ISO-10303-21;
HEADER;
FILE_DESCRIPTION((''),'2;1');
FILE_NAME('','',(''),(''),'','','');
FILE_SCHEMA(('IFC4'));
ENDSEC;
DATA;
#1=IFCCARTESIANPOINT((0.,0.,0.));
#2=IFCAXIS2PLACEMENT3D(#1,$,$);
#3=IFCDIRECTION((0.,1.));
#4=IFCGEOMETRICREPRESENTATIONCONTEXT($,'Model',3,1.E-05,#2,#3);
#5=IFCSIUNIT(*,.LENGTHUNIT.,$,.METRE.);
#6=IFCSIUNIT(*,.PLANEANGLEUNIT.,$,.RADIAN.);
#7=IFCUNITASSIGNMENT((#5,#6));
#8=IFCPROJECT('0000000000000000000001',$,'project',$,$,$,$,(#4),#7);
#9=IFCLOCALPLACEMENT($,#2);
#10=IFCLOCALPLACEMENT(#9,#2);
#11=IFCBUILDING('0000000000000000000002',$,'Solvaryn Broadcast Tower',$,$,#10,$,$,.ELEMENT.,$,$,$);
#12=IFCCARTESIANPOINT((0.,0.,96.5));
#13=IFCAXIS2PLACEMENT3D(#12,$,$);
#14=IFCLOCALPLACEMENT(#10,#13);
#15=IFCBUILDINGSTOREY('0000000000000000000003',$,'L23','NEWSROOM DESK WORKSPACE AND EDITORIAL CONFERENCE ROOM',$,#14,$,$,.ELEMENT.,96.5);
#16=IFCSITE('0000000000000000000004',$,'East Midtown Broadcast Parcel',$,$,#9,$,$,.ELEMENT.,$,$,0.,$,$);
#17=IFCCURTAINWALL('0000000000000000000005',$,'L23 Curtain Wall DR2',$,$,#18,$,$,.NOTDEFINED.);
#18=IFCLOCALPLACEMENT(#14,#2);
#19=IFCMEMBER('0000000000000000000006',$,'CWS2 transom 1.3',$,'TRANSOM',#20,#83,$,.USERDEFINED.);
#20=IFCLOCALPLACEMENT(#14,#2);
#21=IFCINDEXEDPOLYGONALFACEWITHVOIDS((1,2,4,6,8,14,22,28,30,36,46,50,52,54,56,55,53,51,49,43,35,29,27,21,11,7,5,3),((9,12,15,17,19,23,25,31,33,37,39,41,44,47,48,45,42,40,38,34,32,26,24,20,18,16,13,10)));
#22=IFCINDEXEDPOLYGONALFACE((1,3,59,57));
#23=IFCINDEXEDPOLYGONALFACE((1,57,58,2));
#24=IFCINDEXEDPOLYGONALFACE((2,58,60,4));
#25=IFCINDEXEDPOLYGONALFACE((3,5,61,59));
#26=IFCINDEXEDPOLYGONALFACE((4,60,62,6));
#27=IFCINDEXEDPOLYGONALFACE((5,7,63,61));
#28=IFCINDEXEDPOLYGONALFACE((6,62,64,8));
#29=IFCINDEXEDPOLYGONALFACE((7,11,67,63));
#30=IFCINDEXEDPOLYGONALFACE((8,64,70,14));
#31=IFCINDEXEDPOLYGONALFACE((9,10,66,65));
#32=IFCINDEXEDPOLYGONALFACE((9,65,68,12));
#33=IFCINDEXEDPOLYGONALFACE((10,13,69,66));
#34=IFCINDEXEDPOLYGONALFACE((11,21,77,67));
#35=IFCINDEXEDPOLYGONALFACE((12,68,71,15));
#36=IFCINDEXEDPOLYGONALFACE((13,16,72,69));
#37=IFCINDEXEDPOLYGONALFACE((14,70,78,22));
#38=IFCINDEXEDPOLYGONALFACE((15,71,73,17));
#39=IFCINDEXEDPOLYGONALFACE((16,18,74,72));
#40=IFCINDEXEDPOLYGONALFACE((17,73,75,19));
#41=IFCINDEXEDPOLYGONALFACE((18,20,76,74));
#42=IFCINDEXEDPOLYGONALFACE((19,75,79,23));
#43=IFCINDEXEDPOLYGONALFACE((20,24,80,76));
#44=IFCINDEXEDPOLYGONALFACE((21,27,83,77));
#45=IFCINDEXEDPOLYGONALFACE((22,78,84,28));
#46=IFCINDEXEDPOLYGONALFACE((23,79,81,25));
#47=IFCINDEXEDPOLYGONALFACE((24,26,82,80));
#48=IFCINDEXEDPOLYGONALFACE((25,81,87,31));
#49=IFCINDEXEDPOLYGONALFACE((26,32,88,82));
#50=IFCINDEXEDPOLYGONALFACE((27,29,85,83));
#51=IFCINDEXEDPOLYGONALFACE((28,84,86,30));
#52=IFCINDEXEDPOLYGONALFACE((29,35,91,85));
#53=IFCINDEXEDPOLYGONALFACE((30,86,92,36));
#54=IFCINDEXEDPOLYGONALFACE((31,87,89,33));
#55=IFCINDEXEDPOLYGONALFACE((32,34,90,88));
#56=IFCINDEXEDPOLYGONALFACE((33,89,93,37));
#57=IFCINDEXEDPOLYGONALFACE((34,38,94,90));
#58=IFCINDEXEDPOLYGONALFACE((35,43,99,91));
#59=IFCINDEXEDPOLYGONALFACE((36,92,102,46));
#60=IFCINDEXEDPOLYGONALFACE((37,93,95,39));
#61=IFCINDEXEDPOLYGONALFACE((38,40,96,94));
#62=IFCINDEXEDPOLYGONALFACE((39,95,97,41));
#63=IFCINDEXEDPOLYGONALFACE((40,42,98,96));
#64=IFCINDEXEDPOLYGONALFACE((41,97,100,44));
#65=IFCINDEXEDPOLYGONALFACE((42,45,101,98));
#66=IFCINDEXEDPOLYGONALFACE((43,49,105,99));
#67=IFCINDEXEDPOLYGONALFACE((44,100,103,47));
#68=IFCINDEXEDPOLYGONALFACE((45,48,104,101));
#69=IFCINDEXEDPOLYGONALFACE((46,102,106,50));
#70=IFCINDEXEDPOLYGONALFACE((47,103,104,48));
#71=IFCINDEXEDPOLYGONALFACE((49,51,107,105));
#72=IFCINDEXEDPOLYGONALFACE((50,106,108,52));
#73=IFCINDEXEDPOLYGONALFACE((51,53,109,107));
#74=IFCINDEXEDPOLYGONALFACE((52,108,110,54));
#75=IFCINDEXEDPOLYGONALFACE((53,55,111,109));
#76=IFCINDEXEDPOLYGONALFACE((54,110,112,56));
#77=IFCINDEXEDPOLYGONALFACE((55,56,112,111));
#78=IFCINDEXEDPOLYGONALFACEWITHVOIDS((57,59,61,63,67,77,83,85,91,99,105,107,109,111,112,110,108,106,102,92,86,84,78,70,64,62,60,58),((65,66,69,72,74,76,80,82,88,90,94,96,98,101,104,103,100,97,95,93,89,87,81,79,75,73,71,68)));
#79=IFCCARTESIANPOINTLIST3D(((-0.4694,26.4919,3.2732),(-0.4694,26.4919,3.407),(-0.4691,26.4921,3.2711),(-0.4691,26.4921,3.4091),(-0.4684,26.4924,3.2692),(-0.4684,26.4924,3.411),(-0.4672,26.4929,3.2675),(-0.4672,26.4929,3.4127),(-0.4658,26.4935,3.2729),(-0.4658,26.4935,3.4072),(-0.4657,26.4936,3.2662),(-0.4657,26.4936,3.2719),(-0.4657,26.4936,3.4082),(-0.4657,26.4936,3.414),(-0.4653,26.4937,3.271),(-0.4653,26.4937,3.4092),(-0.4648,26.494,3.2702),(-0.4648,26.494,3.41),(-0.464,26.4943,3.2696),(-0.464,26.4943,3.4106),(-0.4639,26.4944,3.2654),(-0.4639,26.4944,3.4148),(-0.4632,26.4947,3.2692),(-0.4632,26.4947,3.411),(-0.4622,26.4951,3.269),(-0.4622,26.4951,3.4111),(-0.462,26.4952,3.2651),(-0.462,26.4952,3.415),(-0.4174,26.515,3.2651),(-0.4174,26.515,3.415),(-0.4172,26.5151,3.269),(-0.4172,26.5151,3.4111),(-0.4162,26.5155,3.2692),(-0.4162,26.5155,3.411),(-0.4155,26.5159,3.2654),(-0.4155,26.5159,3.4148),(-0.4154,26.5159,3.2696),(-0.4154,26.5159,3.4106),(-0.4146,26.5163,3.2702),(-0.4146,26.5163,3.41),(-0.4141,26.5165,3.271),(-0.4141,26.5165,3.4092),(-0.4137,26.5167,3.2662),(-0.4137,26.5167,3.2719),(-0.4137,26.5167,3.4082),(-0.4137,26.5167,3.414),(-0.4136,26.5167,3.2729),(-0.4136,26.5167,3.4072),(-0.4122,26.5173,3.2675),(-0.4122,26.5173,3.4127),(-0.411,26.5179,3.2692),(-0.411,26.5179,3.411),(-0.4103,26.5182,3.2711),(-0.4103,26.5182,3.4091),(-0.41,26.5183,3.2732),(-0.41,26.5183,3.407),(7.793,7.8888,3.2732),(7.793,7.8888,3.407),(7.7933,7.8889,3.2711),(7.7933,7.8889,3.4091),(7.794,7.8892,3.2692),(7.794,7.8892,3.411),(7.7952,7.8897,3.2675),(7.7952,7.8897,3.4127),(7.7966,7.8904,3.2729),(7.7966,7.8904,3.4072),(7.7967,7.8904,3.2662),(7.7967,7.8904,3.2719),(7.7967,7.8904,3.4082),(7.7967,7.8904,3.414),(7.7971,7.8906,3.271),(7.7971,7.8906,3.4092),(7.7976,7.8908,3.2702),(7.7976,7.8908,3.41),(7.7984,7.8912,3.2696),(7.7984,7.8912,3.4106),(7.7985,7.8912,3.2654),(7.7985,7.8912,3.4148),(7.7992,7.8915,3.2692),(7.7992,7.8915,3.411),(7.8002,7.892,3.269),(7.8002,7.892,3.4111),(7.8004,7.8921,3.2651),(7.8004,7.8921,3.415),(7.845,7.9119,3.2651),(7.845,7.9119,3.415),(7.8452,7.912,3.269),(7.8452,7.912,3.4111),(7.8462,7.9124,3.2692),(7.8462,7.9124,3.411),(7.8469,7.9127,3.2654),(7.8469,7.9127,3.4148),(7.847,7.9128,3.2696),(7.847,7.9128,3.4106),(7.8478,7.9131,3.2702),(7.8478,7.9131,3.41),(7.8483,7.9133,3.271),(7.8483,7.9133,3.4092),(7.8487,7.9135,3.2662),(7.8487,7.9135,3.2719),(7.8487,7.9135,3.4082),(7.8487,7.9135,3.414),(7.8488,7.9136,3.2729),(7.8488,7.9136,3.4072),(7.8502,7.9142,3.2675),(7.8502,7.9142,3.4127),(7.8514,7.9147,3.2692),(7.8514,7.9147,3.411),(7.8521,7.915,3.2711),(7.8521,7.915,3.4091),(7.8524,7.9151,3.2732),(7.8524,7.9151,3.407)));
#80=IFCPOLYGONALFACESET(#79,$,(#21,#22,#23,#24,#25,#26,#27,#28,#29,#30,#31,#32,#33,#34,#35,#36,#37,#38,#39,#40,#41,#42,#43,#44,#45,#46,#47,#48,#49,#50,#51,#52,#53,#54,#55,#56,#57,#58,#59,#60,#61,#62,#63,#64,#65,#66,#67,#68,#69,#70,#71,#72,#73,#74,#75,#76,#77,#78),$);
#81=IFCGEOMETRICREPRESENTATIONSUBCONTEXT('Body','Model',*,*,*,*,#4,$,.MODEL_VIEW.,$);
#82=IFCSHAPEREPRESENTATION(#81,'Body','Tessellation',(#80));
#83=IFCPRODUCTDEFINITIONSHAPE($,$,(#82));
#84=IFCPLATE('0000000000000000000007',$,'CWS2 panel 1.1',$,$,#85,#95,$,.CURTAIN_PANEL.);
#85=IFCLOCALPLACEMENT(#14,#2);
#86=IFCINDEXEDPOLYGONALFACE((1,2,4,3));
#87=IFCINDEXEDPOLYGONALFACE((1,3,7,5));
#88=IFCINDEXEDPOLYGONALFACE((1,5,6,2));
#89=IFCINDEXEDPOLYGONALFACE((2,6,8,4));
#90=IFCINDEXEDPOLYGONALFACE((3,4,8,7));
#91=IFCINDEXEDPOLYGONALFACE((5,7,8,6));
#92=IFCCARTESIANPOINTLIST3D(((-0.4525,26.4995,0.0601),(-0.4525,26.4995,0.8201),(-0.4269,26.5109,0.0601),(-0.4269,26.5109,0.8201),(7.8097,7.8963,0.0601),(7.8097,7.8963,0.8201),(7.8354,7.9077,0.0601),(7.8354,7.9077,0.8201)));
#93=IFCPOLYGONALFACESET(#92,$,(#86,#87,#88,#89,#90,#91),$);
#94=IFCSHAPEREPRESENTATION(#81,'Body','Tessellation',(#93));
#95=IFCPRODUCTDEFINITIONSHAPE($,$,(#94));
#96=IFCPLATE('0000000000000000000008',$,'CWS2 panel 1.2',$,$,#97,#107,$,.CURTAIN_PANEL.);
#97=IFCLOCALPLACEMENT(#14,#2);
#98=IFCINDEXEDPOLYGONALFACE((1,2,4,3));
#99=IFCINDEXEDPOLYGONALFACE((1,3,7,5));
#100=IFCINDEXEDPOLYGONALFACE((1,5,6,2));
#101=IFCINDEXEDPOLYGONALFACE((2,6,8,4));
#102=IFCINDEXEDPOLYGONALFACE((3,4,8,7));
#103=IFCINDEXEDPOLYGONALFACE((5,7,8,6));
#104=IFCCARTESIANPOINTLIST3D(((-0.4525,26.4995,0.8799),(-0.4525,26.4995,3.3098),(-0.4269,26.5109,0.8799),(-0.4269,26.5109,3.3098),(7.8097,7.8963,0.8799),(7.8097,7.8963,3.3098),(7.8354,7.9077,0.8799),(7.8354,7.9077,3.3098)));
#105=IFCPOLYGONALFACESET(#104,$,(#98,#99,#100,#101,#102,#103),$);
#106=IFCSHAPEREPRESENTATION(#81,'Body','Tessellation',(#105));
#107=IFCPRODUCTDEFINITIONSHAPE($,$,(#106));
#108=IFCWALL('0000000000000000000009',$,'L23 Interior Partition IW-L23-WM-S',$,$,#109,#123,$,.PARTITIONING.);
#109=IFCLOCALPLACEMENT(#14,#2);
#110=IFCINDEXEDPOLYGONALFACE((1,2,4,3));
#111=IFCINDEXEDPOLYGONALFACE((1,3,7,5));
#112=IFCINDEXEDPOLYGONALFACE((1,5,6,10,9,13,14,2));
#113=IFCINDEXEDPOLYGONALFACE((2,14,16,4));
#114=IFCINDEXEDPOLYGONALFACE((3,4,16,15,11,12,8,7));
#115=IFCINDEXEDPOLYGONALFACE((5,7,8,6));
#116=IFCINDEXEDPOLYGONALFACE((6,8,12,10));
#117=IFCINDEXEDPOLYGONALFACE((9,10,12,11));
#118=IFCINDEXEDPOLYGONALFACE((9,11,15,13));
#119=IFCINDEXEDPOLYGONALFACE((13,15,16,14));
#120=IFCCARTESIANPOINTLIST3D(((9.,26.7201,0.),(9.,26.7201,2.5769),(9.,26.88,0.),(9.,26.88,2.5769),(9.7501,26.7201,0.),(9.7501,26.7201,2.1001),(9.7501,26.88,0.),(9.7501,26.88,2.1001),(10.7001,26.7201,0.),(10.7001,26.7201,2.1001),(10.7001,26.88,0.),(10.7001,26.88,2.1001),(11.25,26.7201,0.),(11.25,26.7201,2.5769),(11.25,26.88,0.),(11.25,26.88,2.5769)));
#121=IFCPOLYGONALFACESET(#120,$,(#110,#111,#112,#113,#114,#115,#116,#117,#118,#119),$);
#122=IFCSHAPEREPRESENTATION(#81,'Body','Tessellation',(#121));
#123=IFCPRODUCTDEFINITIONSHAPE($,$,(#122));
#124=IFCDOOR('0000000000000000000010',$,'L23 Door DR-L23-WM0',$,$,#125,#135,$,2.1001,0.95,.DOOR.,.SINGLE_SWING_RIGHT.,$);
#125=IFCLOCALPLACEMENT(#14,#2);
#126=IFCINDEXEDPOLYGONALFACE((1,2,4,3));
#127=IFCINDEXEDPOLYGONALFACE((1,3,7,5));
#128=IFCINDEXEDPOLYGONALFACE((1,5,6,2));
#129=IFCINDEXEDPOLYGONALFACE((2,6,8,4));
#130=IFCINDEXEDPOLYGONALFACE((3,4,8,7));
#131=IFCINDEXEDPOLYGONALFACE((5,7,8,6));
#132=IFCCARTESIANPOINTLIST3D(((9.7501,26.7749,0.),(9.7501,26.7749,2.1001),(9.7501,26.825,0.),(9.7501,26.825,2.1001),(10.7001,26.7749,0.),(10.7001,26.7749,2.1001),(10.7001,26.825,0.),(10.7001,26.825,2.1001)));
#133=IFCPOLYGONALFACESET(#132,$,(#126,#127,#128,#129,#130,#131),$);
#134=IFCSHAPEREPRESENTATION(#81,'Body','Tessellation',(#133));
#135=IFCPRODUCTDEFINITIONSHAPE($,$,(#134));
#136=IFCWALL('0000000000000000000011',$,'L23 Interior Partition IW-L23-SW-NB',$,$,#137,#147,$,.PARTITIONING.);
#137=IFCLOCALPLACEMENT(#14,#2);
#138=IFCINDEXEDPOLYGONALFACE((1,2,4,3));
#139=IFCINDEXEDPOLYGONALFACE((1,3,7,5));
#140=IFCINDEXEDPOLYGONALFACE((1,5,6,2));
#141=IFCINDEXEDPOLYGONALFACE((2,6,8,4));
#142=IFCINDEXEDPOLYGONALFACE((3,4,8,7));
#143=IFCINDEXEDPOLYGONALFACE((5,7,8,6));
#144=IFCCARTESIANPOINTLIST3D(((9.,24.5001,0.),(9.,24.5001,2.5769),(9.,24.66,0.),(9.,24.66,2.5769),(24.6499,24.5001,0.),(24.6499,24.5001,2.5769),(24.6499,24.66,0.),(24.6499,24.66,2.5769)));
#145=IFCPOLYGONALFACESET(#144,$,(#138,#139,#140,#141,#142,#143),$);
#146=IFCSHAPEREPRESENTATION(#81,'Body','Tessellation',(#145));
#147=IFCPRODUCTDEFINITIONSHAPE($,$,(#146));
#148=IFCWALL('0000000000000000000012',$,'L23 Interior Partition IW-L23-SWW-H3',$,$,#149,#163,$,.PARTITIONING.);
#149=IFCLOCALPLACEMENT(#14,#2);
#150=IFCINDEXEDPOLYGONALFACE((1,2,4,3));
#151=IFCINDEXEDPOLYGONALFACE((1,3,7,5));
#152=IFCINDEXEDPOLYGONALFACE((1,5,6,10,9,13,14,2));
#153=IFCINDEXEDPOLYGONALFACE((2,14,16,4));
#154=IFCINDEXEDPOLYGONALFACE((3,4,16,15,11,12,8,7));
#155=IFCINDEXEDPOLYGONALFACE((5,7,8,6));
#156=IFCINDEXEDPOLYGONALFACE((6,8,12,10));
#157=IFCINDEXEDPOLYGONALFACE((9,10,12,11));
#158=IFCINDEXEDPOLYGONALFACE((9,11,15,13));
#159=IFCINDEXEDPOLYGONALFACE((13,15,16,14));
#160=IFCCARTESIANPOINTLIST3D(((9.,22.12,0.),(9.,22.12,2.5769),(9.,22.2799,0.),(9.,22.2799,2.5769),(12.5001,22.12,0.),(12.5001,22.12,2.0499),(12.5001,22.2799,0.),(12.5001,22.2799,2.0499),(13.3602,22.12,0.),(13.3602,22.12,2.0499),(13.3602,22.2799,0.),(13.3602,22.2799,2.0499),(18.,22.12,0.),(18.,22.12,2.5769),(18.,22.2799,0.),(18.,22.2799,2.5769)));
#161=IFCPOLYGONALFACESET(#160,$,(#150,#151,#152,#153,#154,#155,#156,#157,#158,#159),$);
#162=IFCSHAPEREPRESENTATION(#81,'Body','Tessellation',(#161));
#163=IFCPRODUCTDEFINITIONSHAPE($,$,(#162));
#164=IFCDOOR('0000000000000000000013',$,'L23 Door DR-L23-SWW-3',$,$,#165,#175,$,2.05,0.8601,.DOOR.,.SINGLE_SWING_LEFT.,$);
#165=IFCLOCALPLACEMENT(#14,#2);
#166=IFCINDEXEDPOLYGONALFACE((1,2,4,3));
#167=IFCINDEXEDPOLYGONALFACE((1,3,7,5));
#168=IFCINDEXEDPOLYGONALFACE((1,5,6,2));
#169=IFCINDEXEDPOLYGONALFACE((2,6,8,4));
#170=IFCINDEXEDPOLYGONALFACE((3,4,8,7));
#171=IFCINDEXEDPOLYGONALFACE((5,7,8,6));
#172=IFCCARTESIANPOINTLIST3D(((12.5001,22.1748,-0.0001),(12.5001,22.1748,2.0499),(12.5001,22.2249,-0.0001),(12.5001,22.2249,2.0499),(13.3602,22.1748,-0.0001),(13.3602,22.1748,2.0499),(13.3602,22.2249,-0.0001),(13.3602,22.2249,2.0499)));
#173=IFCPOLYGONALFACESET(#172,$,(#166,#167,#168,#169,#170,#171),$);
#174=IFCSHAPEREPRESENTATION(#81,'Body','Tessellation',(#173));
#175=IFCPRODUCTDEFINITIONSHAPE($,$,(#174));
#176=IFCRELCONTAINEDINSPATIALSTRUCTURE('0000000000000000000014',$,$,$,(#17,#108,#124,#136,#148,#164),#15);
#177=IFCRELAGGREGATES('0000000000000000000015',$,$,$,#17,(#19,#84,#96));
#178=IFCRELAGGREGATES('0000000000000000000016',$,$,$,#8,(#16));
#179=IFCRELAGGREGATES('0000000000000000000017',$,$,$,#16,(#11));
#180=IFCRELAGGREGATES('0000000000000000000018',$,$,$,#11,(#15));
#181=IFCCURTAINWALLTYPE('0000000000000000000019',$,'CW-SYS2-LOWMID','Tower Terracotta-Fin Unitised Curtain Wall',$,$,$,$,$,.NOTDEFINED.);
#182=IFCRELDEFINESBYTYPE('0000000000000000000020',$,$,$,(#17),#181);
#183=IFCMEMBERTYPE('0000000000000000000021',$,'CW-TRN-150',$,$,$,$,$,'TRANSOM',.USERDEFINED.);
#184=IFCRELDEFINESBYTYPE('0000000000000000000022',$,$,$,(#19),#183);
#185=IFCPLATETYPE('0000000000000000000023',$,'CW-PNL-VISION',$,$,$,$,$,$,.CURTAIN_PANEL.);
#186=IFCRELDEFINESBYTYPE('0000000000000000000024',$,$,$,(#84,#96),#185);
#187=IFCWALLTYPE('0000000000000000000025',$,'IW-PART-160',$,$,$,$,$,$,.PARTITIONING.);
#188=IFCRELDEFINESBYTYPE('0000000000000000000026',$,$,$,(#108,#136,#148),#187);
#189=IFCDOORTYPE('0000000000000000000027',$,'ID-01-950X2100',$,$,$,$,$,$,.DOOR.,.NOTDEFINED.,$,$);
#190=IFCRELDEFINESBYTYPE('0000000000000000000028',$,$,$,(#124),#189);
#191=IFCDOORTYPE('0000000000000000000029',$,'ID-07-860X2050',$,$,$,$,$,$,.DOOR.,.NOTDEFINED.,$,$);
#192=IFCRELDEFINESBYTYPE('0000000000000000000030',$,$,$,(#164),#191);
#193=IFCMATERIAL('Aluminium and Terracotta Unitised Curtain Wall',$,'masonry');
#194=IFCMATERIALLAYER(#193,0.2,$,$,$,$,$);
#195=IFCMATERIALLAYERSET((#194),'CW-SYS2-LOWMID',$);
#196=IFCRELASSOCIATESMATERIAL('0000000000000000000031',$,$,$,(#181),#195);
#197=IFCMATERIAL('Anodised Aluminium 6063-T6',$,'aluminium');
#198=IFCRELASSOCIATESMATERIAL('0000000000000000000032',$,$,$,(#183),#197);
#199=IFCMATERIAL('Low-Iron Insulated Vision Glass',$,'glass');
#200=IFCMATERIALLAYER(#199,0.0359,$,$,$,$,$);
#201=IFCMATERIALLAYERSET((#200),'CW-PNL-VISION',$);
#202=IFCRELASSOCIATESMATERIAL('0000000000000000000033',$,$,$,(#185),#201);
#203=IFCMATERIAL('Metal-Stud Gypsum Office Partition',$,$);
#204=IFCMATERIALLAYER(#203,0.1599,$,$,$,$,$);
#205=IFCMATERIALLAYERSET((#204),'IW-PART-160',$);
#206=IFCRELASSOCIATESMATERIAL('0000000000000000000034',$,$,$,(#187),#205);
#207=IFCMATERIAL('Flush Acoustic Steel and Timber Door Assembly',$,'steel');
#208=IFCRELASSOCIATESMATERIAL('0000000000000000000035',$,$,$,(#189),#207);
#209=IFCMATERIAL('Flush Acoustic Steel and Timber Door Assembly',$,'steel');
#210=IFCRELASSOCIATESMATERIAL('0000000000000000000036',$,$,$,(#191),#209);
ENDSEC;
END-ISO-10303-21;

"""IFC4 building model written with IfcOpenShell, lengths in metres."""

from ifc_helpers import new_model, si_unit, direction, frame, frame_2d, origin, origin_2d, place, context, subcontext, project, spatial, rectangle, hollow_rectangle, extrude, material, layer, layer_set, material_profile, profile_set, type_object, element, fill, aggregate, save


model = new_model("IFC4")

# Units and contexts
model_context = context("Model", 3, precision=1e-05, world=origin(), true_north=direction((0.0, 1.0)))
body_context = subcontext(model_context, "Body", "Model", "MODEL_VIEW")
ifc_project = project(units=[si_unit("LENGTHUNIT", "METRE"), si_unit("PLANEANGLEUNIT", "RADIAN")], contexts=[model_context])

# Site, building, storey
site_placement = place(None, origin())
site = spatial("IfcSite", under=ifc_project, at=site_placement, Name="East Midtown Broadcast Parcel", CompositionType="ELEMENT", RefElevation=0.0)
building_placement = place(site_placement, origin())
building = spatial("IfcBuilding", under=site, at=building_placement, Name="Solvaryn Broadcast Tower", CompositionType="ELEMENT")
storey_placement = place(building_placement, frame((0.0, 0.0, 96.5)))
storey = spatial("IfcBuildingStorey", under=building, at=storey_placement, Name="L23", Description="NEWSROOM DESK WORKSPACE AND EDITORIAL CONFERENCE ROOM", CompositionType="ELEMENT", Elevation=96.5)

# Shared definitions
ifc_material_1 = material(Name="Aluminium and Terracotta Unitised Curtain Wall", Category="masonry")
ifc_layer_1 = layer(ifc_material_1, 0.2)
ifc_layer_set_1 = layer_set([ifc_layer_1], Name="CW-SYS2-LOWMID")
curtain_wall_type = type_object("IfcCurtainWallType", Name="CW-SYS2-LOWMID", Description="Tower Terracotta-Fin Unitised Curtain Wall", PredefinedType="NOTDEFINED", material=ifc_layer_set_1)

# Curtain wall, member, plates
curtain_wall_1_placement = place(storey_placement, origin())
curtain_wall_1 = element("IfcCurtainWall", 1, at=curtain_wall_1_placement, inside=storey, type_object=curtain_wall_type, Name="L23 Curtain Wall DR2", PredefinedType="NOTDEFINED")
ifc_material_2 = material(Name="Anodised Aluminium 6063-T6", Category="aluminium")
ifc_material_profile_1 = material_profile(ifc_material_2, hollow_rectangle(XDim=0.0649, YDim=0.1499, WallThickness=0.0039, InnerFilletRadius=0.0039, OuterFilletRadius=0.0081, at=origin_2d()))
ifc_profile_set_1 = profile_set([ifc_material_profile_1], Name="Anodised Aluminium 6063-T6")
member_type_1 = type_object("IfcMemberType", Name="CW-TRN-150", ElementType="TRANSOM", PredefinedType="USERDEFINED", material=ifc_profile_set_1)
member_1_placement = place(storey_placement, frame((-0.4397, 26.5051, 3.3401), z_axis=(0.405906, -0.913915, 0.0), x_axis=(0.913915, 0.405906, 0.0)))
member_1 = element("IfcMember", 2, at=member_1_placement, type_object=member_type_1, Name="CWS2 transom 1.3", ObjectType="TRANSOM", PredefinedType="USERDEFINED", context=body_context, shape_type="SweptSolid", body=[
    extrude(hollow_rectangle(XDim=0.0649, YDim=0.1499, WallThickness=0.0039, InnerFilletRadius=0.0039, OuterFilletRadius=0.0081, at=origin_2d()), origin(), (0.0, 0.0, 1.0), 20.3555),
])
ifc_material_3 = material(Name="Low-Iron Insulated Vision Glass", Category="glass")
ifc_layer_2 = layer(ifc_material_3, 0.0359)
ifc_layer_set_2 = layer_set([ifc_layer_2], Name="CW-PNL-VISION")
plate_type = type_object("IfcPlateType", Name="CW-PNL-VISION", PredefinedType="CURTAIN_PANEL", material=ifc_layer_set_2)
plate_1_placement = place(storey_placement, frame((3.6914, 17.2036, 0.0601), z_axis=(0.0, 0.0, 1.0), x_axis=(0.405898, -0.913918, 0.0)))
plate_1 = element("IfcPlate", 3, at=plate_1_placement, type_object=plate_type, Name="CWS2 panel 1.1", PredefinedType="CURTAIN_PANEL", context=body_context, shape_type="SweptSolid", body=[
    extrude(rectangle(XDim=20.3555, YDim=0.0281, at=origin_2d()), origin(), (0.0, 0.0, 1.0), 0.76),
])
plate_2_placement = place(storey_placement, frame((3.6914, 17.2036, 0.8799), z_axis=(0.0, 0.0, 1.0), x_axis=(0.405898, -0.913918, 0.0)))
plate_2 = element("IfcPlate", 4, at=plate_2_placement, type_object=plate_type, Name="CWS2 panel 1.2", PredefinedType="CURTAIN_PANEL", context=body_context, shape_type="SweptSolid", body=[
    extrude(rectangle(XDim=20.3555, YDim=0.0281, at=origin_2d()), origin(), (0.0, 0.0, 1.0), 2.4299),
])
aggregate(curtain_wall_1, [member_1, plate_1, plate_2])

# Wall, opening, door
ifc_material_4 = material(Name="Metal-Stud Gypsum Office Partition")
ifc_layer_3 = layer(ifc_material_4, 0.1599)
ifc_layer_set_3 = layer_set([ifc_layer_3], Name="IW-PART-160")
wall_type = type_object("IfcWallType", Name="IW-PART-160", PredefinedType="PARTITIONING", material=ifc_layer_set_3)
wall_1_placement = place(storey_placement, frame((9.0, 26.8, 0.0), z_axis=(0.0, 0.0, 1.0), x_axis=(1.0, 0.0, 0.0)))
wall_1 = element("IfcWall", 5, at=wall_1_placement, inside=storey, type_object=wall_type, Name="L23 Interior Partition IW-L23-WM-S", PredefinedType="PARTITIONING", context=body_context, shape_type="SweptSolid", body=[
    extrude(rectangle(XDim=2.25, YDim=0.1599, at=frame_2d((1.125, 0.0))), origin(), (0.0, 0.0, 1.0), 2.5769),
])
opening_1_placement = place(wall_1_placement, frame((0.75, 0.0, 0.0)))
opening_1 = element("IfcOpeningElement", 6, at=opening_1_placement, cuts=wall_1, PredefinedType="OPENING", context=body_context, shape_type="SweptSolid", body=[
    extrude(rectangle(XDim=0.95, YDim=2.1001, at=frame_2d((0.4751, 1.05))), frame((0.0, 0.0901, 0.0), z_axis=(0.0, -1.0, 0.0), x_axis=(1.0, 0.0, 0.0)), (0.0, 0.0, 1.0), 0.1799),
])
ifc_material_5 = material(Name="Flush Acoustic Steel and Timber Door Assembly", Category="steel")
door_type_1 = type_object("IfcDoorType", Name="ID-01-950X2100", OperationType="NOTDEFINED", PredefinedType="DOOR", material=ifc_material_5)
door_1_placement = place(opening_1_placement, origin())
door_1 = element("IfcDoor", 7, at=door_1_placement, inside=storey, type_object=door_type_1, Name="L23 Door DR-L23-WM0", OperationType="SINGLE_SWING_RIGHT", OverallHeight=2.1001, OverallWidth=0.95, PredefinedType="DOOR", context=body_context, shape_type="SweptSolid", body=[
    extrude(rectangle(XDim=0.95, YDim=2.1001, at=frame_2d((0.4751, 1.05))), frame((0.0, 0.0249, 0.0), z_axis=(0.0, -1.0, 0.0), x_axis=(1.0, 0.0, 0.0)), (0.0, 0.0, 1.0), 0.05),
])
fill(opening_1, door_1)

# Wall
wall_2_placement = place(storey_placement, frame((9.0, 24.5801, 0.0), z_axis=(0.0, 0.0, 1.0), x_axis=(1.0, 0.0, 0.0)))
element("IfcWall", 8, at=wall_2_placement, inside=storey, type_object=wall_type, Name="L23 Interior Partition IW-L23-SW-NB", PredefinedType="PARTITIONING", context=body_context, shape_type="SweptSolid", body=[
    extrude(rectangle(XDim=15.6499, YDim=0.1599, at=frame_2d((7.825, 0.0))), origin(), (0.0, 0.0, 1.0), 2.5769),
])

# Wall, opening, door
wall_3_placement = place(storey_placement, frame((9.0, 22.2, 0.0), z_axis=(0.0, 0.0, 1.0), x_axis=(1.0, 0.0, 0.0)))
wall_3 = element("IfcWall", 9, at=wall_3_placement, inside=storey, type_object=wall_type, Name="L23 Interior Partition IW-L23-SWW-H3", PredefinedType="PARTITIONING", context=body_context, shape_type="SweptSolid", body=[
    extrude(rectangle(XDim=9.0, YDim=0.1599, at=frame_2d((4.5, 0.0))), origin(), (0.0, 0.0, 1.0), 2.5769),
])
opening_2_placement = place(wall_3_placement, frame((3.5, 0.0, 0.0)))
opening_2 = element("IfcOpeningElement", 10, at=opening_2_placement, cuts=wall_3, PredefinedType="OPENING", context=body_context, shape_type="SweptSolid", body=[
    extrude(rectangle(XDim=0.8601, YDim=2.05, at=frame_2d((0.4302, 1.0249))), frame((0.0, 0.0901, 0.0), z_axis=(0.0, -1.0, 0.0), x_axis=(1.0, 0.0, 0.0)), (0.0, 0.0, 1.0), 0.1799),
])
ifc_material_6 = material(Name="Flush Acoustic Steel and Timber Door Assembly", Category="steel")
door_type_2 = type_object("IfcDoorType", Name="ID-07-860X2050", OperationType="NOTDEFINED", PredefinedType="DOOR", material=ifc_material_6)
door_2_placement = place(opening_2_placement, origin())
door_2 = element("IfcDoor", 11, at=door_2_placement, inside=storey, type_object=door_type_2, Name="L23 Door DR-L23-SWW-3", OperationType="SINGLE_SWING_LEFT", OverallHeight=2.05, OverallWidth=0.8601, PredefinedType="DOOR", context=body_context, shape_type="SweptSolid", body=[
    extrude(rectangle(XDim=0.8601, YDim=2.05, at=frame_2d((0.4302, 1.0249))), frame((0.0, 0.0249, 0.0), z_axis=(0.0, -1.0, 0.0), x_axis=(1.0, 0.0, 0.0)), (0.0, 0.0, 1.0), 0.05),
])
fill(opening_2, door_2)

save(model, "model.ifc")
